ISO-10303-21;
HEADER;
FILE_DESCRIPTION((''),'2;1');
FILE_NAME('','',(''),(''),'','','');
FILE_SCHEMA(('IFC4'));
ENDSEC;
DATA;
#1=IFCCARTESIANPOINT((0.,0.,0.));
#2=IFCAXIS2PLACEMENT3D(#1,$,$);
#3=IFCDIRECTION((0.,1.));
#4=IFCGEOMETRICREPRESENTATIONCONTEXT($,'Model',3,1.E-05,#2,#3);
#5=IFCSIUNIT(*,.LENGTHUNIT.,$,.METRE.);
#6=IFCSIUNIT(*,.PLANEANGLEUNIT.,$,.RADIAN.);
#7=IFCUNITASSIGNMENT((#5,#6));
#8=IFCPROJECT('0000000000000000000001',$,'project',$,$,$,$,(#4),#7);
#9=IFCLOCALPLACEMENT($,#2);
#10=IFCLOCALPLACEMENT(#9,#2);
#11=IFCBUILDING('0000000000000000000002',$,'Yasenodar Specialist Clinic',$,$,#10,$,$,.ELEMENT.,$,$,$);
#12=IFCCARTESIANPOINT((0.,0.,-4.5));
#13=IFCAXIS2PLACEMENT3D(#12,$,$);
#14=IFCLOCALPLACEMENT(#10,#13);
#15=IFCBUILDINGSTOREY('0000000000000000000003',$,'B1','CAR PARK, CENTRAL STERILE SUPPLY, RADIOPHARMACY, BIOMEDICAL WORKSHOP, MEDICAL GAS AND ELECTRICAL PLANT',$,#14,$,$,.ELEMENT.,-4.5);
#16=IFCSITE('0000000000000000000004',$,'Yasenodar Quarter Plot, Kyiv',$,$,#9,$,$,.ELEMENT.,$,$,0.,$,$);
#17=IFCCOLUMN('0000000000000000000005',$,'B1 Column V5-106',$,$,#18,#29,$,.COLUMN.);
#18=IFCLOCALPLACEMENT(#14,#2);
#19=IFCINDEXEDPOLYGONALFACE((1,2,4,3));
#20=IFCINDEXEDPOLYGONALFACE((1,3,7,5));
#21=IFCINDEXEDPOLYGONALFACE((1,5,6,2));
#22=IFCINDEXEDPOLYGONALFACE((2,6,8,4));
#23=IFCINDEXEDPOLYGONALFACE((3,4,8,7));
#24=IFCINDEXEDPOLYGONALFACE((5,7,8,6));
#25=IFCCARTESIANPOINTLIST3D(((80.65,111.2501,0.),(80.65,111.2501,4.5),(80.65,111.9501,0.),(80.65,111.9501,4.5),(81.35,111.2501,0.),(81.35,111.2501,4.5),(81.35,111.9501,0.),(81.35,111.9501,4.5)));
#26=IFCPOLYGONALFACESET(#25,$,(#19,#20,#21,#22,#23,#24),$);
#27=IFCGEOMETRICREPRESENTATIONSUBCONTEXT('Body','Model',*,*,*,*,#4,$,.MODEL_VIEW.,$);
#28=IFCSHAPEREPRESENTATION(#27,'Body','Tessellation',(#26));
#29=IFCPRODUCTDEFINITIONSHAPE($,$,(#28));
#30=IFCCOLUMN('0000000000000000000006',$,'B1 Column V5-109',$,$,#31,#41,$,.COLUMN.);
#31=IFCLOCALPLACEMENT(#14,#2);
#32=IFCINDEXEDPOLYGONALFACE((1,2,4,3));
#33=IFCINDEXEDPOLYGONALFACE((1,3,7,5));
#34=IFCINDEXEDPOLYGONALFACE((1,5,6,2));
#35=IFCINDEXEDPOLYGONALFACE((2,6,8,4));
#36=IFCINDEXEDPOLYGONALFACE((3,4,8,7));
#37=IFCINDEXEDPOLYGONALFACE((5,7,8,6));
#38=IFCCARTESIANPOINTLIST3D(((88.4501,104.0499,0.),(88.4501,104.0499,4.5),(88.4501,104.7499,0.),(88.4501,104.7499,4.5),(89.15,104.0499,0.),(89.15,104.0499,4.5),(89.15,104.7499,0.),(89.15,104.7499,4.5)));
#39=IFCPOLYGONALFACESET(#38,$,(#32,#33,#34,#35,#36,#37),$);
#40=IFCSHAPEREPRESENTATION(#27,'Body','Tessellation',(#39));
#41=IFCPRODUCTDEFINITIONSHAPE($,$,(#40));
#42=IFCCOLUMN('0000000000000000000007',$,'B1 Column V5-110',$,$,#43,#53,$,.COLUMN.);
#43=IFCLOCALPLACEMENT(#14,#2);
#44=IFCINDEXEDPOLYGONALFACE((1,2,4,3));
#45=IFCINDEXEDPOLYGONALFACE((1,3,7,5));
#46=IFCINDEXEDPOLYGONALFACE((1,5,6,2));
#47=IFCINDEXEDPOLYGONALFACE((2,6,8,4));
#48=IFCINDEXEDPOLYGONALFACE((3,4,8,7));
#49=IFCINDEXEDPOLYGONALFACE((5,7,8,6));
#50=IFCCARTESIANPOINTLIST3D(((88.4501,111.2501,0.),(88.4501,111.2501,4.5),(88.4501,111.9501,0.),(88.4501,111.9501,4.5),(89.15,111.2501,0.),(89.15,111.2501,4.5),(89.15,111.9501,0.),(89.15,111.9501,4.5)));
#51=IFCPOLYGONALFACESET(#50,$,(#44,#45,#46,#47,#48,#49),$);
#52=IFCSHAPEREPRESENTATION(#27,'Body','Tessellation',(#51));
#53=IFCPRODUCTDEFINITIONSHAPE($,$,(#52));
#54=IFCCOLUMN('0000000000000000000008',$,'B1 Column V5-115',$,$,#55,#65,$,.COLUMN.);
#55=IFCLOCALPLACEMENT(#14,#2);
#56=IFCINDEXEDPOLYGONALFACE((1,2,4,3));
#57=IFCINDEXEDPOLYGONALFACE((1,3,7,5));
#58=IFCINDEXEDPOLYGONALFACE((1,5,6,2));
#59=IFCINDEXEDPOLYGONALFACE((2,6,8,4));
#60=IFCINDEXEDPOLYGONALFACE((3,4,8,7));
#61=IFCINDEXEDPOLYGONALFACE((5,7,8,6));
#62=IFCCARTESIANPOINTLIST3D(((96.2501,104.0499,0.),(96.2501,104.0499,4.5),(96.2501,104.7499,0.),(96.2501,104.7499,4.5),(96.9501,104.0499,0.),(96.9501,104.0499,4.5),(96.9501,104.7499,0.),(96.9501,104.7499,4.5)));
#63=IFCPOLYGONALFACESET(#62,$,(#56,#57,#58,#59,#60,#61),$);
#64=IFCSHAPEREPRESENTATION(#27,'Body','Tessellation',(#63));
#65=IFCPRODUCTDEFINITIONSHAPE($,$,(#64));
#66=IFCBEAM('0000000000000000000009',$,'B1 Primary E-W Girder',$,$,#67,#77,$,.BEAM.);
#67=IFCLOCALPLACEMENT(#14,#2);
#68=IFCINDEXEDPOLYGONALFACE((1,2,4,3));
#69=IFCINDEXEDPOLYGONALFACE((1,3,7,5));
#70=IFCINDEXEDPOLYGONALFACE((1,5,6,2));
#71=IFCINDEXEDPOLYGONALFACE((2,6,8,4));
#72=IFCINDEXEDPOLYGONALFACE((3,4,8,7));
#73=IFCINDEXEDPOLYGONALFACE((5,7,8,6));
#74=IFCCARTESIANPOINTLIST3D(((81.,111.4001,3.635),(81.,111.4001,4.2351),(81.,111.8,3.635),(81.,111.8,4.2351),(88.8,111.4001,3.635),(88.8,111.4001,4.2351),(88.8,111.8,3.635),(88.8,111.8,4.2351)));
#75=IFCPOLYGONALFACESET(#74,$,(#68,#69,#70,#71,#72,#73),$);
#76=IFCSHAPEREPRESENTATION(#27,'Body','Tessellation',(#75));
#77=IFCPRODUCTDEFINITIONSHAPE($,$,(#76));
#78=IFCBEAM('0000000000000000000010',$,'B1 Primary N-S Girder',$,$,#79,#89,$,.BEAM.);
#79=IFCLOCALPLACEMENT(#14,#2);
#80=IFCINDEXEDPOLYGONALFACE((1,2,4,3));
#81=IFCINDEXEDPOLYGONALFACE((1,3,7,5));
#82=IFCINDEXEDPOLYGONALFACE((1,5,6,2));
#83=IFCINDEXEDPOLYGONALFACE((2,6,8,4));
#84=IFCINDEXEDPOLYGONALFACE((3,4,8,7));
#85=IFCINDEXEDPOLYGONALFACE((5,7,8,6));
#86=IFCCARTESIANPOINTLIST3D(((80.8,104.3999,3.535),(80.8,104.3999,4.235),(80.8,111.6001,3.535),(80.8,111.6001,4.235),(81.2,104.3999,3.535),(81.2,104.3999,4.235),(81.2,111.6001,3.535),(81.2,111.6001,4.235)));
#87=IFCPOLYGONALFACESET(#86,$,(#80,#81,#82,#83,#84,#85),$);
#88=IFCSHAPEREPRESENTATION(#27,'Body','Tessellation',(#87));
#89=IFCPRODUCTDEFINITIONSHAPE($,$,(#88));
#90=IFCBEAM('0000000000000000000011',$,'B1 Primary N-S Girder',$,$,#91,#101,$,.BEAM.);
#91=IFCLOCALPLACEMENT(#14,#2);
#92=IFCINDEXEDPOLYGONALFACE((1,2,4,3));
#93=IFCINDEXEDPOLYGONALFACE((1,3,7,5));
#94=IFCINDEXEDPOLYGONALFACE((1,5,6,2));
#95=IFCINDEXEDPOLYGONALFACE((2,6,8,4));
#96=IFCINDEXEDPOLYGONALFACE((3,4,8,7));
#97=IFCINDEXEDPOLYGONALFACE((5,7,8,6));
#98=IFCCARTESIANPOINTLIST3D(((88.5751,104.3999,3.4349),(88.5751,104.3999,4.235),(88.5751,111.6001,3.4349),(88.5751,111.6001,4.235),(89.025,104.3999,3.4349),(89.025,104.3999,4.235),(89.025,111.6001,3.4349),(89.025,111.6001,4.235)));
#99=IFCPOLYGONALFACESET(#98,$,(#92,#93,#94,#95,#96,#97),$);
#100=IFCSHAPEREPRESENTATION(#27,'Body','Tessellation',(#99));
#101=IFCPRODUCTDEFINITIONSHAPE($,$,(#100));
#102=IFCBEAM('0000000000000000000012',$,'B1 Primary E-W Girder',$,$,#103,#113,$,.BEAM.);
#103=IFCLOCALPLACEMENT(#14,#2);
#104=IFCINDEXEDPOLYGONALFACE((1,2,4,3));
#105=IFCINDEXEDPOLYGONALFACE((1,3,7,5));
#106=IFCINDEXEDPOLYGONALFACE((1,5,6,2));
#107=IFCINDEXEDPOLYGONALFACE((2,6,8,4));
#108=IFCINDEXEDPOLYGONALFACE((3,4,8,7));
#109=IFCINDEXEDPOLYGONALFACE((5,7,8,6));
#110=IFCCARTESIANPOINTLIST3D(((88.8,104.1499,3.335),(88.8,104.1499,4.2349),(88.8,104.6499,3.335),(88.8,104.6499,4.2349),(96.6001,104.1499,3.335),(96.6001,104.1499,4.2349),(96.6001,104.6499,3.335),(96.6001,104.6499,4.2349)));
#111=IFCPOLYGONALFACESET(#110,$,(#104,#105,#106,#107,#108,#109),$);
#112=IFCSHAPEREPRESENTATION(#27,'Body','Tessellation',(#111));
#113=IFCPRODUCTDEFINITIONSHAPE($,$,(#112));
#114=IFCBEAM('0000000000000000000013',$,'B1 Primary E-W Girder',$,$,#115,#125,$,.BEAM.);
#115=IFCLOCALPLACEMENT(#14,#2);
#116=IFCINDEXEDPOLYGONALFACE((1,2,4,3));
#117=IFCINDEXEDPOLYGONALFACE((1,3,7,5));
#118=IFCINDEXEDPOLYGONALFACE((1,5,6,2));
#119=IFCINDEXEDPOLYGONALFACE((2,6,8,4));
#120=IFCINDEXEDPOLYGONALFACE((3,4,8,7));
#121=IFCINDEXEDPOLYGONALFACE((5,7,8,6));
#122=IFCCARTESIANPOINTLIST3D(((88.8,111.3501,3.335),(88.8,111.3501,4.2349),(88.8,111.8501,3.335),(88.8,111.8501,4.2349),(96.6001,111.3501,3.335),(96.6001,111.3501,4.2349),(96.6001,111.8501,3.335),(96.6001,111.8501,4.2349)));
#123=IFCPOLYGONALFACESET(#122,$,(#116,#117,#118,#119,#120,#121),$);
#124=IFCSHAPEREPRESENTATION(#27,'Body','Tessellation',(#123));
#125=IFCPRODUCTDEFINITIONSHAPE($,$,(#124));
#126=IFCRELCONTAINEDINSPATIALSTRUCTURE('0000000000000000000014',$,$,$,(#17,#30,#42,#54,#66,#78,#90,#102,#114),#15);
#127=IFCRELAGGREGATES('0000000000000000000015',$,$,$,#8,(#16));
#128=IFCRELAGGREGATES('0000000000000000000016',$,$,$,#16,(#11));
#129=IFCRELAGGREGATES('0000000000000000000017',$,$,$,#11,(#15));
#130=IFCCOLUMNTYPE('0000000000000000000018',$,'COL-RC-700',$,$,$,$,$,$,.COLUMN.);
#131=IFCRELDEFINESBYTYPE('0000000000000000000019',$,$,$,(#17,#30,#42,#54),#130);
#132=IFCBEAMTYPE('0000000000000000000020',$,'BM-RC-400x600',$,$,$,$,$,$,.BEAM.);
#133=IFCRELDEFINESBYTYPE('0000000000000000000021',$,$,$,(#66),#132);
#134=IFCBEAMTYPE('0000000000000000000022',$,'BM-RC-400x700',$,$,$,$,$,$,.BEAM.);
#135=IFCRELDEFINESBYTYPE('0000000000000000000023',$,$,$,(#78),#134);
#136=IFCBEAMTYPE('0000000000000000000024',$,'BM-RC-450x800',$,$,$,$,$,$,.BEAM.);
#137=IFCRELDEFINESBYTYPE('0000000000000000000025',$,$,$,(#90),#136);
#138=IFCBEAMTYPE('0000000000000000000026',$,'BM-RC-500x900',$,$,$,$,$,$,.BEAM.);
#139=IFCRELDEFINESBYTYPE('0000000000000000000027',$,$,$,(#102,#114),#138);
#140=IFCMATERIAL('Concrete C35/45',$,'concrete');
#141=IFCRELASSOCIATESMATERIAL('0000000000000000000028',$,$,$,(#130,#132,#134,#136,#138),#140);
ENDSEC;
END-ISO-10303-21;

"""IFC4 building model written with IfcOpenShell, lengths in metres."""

from ifc_helpers import new_model, si_unit, direction, frame, origin, origin_2d, place, context, subcontext, project, spatial, rectangle, extrude, material, material_profile, profile_set, type_object, element, save


model = new_model("IFC4")

# Units and contexts
model_context = context("Model", 3, precision=1e-05, world=origin(), true_north=direction((0.0, 1.0)))
body_context = subcontext(model_context, "Body", "Model", "MODEL_VIEW")
ifc_project = project(units=[si_unit("LENGTHUNIT", "METRE"), si_unit("PLANEANGLEUNIT", "RADIAN")], contexts=[model_context])

# Site, building, storey
site_placement = place(None, origin())
site = spatial("IfcSite", under=ifc_project, at=site_placement, Name="Yasenodar Quarter Plot, Kyiv", CompositionType="ELEMENT", RefElevation=0.0)
building_placement = place(site_placement, origin())
building = spatial("IfcBuilding", under=site, at=building_placement, Name="Yasenodar Specialist Clinic", CompositionType="ELEMENT")
storey_placement = place(building_placement, frame((0.0, 0.0, -4.5)))
storey = spatial("IfcBuildingStorey", under=building, at=storey_placement, Name="B1", Description="CAR PARK, CENTRAL STERILE SUPPLY, RADIOPHARMACY, BIOMEDICAL WORKSHOP, MEDICAL GAS AND ELECTRICAL PLANT", CompositionType="ELEMENT", Elevation=-4.5)

# Shared definitions
ifc_material_1 = material(Name="Concrete C35/45", Category="concrete")

# Columns
ifc_material_profile_1 = material_profile(ifc_material_1, rectangle(XDim=0.7, YDim=0.7, at=origin_2d()), Name="RC 700x700")
ifc_profile_set_1 = profile_set([ifc_material_profile_1], Name="Concrete C35/45")
column_type = type_object("IfcColumnType", Name="COL-RC-700", PredefinedType="COLUMN", material=ifc_profile_set_1)
for number, where, z_axis, x_axis, name in (
    (1, (81.0, 111.6001, 0.0), (0.0, 0.0, 1.0), (1.0, 0.0, 0.0), "B1 Column V5-106"),
    (2, (88.8, 104.3999, 0.0), (0.0, 0.0, 1.0), (1.0, 0.0, 0.0), "B1 Column V5-109"),
    (3, (88.8, 111.6001, 0.0), (0.0, 0.0, 1.0), (1.0, 0.0, 0.0), "B1 Column V5-110"),
    (4, (96.6001, 104.3999, 0.0), (0.0, 0.0, 1.0), (1.0, 0.0, 0.0), "B1 Column V5-115"),
):
    element("IfcColumn", number, at=place(storey_placement, frame(where, z_axis=z_axis, x_axis=x_axis)), inside=storey, type_object=column_type, Name=name, PredefinedType="COLUMN", context=body_context, shape_type="SweptSolid", body=[
        extrude(rectangle(XDim=0.7, YDim=0.7, at=origin_2d()), origin(), (0.0, 0.0, 1.0), 4.5),
    ])

# Beams
ifc_material_profile_2 = material_profile(ifc_material_1, rectangle(XDim=0.3999, YDim=0.6001, at=origin_2d()), Name="RC 400x600")
ifc_profile_set_2 = profile_set([ifc_material_profile_2], Name="Concrete C35/45")
beam_type_1 = type_object("IfcBeamType", Name="BM-RC-400x600", PredefinedType="BEAM", material=ifc_profile_set_2)
beam_1_placement = place(storey_placement, frame((81.0, 111.6001, 3.9351), z_axis=(1.0, 0.0, 0.0), x_axis=(0.0, 1.0, 0.0)))
element("IfcBeam", 5, at=beam_1_placement, inside=storey, type_object=beam_type_1, Name="B1 Primary E-W Girder", PredefinedType="BEAM", context=body_context, shape_type="SweptSolid", body=[
    extrude(rectangle(XDim=0.3999, YDim=0.6001, at=origin_2d()), origin(), (0.0, 0.0, 1.0), 7.8),
])
ifc_material_profile_3 = material_profile(ifc_material_1, rectangle(XDim=0.3999, YDim=0.7, at=origin_2d()), Name="RC 400x700")
ifc_profile_set_3 = profile_set([ifc_material_profile_3], Name="Concrete C35/45")
beam_type_2 = type_object("IfcBeamType", Name="BM-RC-400x700", PredefinedType="BEAM", material=ifc_profile_set_3)
beam_2_placement = place(storey_placement, frame((81.0, 104.3999, 3.885), z_axis=(0.0, 1.0, 0.0), x_axis=(-1.0, 0.0, 0.0)))
element("IfcBeam", 6, at=beam_2_placement, inside=storey, type_object=beam_type_2, Name="B1 Primary N-S Girder", PredefinedType="BEAM", context=body_context, shape_type="SweptSolid", body=[
    extrude(rectangle(XDim=0.3999, YDim=0.7, at=origin_2d()), origin(), (0.0, 0.0, 1.0), 7.2002),
])
ifc_material_profile_4 = material_profile(ifc_material_1, rectangle(XDim=0.45, YDim=0.8, at=origin_2d()), Name="RC 450x800")
ifc_profile_set_4 = profile_set([ifc_material_profile_4], Name="Concrete C35/45")
beam_type_3 = type_object("IfcBeamType", Name="BM-RC-450x800", PredefinedType="BEAM", material=ifc_profile_set_4)
beam_3_placement = place(storey_placement, frame((88.8, 104.3999, 3.835), z_axis=(0.0, 1.0, 0.0), x_axis=(-1.0, 0.0, 0.0)))
element("IfcBeam", 7, at=beam_3_placement, inside=storey, type_object=beam_type_3, Name="B1 Primary N-S Girder", PredefinedType="BEAM", context=body_context, shape_type="SweptSolid", body=[
    extrude(rectangle(XDim=0.45, YDim=0.8, at=origin_2d()), origin(), (0.0, 0.0, 1.0), 7.2002),
])
ifc_material_profile_5 = material_profile(ifc_material_1, rectangle(XDim=0.5, YDim=0.8999, at=origin_2d()), Name="RC 500x900")
ifc_profile_set_5 = profile_set([ifc_material_profile_5], Name="Concrete C35/45")
beam_type_4 = type_object("IfcBeamType", Name="BM-RC-500x900", PredefinedType="BEAM", material=ifc_profile_set_5)
for number, where, z_axis, x_axis, name in (
    (8, (88.8, 104.3999, 3.7849), (1.0, 0.0, 0.0), (0.0, 1.0, 0.0), "B1 Primary E-W Girder"),
    (9, (88.8, 111.6001, 3.7849), (1.0, 0.0, 0.0), (0.0, 1.0, 0.0), "B1 Primary E-W Girder"),
):
    element("IfcBeam", number, at=place(storey_placement, frame(where, z_axis=z_axis, x_axis=x_axis)), inside=storey, type_object=beam_type_4, Name=name, PredefinedType="BEAM", context=body_context, shape_type="SweptSolid", body=[
        extrude(rectangle(XDim=0.5, YDim=0.8999, at=origin_2d()), origin(), (0.0, 0.0, 1.0), 7.8),
    ])

save(model, "model.ifc")
